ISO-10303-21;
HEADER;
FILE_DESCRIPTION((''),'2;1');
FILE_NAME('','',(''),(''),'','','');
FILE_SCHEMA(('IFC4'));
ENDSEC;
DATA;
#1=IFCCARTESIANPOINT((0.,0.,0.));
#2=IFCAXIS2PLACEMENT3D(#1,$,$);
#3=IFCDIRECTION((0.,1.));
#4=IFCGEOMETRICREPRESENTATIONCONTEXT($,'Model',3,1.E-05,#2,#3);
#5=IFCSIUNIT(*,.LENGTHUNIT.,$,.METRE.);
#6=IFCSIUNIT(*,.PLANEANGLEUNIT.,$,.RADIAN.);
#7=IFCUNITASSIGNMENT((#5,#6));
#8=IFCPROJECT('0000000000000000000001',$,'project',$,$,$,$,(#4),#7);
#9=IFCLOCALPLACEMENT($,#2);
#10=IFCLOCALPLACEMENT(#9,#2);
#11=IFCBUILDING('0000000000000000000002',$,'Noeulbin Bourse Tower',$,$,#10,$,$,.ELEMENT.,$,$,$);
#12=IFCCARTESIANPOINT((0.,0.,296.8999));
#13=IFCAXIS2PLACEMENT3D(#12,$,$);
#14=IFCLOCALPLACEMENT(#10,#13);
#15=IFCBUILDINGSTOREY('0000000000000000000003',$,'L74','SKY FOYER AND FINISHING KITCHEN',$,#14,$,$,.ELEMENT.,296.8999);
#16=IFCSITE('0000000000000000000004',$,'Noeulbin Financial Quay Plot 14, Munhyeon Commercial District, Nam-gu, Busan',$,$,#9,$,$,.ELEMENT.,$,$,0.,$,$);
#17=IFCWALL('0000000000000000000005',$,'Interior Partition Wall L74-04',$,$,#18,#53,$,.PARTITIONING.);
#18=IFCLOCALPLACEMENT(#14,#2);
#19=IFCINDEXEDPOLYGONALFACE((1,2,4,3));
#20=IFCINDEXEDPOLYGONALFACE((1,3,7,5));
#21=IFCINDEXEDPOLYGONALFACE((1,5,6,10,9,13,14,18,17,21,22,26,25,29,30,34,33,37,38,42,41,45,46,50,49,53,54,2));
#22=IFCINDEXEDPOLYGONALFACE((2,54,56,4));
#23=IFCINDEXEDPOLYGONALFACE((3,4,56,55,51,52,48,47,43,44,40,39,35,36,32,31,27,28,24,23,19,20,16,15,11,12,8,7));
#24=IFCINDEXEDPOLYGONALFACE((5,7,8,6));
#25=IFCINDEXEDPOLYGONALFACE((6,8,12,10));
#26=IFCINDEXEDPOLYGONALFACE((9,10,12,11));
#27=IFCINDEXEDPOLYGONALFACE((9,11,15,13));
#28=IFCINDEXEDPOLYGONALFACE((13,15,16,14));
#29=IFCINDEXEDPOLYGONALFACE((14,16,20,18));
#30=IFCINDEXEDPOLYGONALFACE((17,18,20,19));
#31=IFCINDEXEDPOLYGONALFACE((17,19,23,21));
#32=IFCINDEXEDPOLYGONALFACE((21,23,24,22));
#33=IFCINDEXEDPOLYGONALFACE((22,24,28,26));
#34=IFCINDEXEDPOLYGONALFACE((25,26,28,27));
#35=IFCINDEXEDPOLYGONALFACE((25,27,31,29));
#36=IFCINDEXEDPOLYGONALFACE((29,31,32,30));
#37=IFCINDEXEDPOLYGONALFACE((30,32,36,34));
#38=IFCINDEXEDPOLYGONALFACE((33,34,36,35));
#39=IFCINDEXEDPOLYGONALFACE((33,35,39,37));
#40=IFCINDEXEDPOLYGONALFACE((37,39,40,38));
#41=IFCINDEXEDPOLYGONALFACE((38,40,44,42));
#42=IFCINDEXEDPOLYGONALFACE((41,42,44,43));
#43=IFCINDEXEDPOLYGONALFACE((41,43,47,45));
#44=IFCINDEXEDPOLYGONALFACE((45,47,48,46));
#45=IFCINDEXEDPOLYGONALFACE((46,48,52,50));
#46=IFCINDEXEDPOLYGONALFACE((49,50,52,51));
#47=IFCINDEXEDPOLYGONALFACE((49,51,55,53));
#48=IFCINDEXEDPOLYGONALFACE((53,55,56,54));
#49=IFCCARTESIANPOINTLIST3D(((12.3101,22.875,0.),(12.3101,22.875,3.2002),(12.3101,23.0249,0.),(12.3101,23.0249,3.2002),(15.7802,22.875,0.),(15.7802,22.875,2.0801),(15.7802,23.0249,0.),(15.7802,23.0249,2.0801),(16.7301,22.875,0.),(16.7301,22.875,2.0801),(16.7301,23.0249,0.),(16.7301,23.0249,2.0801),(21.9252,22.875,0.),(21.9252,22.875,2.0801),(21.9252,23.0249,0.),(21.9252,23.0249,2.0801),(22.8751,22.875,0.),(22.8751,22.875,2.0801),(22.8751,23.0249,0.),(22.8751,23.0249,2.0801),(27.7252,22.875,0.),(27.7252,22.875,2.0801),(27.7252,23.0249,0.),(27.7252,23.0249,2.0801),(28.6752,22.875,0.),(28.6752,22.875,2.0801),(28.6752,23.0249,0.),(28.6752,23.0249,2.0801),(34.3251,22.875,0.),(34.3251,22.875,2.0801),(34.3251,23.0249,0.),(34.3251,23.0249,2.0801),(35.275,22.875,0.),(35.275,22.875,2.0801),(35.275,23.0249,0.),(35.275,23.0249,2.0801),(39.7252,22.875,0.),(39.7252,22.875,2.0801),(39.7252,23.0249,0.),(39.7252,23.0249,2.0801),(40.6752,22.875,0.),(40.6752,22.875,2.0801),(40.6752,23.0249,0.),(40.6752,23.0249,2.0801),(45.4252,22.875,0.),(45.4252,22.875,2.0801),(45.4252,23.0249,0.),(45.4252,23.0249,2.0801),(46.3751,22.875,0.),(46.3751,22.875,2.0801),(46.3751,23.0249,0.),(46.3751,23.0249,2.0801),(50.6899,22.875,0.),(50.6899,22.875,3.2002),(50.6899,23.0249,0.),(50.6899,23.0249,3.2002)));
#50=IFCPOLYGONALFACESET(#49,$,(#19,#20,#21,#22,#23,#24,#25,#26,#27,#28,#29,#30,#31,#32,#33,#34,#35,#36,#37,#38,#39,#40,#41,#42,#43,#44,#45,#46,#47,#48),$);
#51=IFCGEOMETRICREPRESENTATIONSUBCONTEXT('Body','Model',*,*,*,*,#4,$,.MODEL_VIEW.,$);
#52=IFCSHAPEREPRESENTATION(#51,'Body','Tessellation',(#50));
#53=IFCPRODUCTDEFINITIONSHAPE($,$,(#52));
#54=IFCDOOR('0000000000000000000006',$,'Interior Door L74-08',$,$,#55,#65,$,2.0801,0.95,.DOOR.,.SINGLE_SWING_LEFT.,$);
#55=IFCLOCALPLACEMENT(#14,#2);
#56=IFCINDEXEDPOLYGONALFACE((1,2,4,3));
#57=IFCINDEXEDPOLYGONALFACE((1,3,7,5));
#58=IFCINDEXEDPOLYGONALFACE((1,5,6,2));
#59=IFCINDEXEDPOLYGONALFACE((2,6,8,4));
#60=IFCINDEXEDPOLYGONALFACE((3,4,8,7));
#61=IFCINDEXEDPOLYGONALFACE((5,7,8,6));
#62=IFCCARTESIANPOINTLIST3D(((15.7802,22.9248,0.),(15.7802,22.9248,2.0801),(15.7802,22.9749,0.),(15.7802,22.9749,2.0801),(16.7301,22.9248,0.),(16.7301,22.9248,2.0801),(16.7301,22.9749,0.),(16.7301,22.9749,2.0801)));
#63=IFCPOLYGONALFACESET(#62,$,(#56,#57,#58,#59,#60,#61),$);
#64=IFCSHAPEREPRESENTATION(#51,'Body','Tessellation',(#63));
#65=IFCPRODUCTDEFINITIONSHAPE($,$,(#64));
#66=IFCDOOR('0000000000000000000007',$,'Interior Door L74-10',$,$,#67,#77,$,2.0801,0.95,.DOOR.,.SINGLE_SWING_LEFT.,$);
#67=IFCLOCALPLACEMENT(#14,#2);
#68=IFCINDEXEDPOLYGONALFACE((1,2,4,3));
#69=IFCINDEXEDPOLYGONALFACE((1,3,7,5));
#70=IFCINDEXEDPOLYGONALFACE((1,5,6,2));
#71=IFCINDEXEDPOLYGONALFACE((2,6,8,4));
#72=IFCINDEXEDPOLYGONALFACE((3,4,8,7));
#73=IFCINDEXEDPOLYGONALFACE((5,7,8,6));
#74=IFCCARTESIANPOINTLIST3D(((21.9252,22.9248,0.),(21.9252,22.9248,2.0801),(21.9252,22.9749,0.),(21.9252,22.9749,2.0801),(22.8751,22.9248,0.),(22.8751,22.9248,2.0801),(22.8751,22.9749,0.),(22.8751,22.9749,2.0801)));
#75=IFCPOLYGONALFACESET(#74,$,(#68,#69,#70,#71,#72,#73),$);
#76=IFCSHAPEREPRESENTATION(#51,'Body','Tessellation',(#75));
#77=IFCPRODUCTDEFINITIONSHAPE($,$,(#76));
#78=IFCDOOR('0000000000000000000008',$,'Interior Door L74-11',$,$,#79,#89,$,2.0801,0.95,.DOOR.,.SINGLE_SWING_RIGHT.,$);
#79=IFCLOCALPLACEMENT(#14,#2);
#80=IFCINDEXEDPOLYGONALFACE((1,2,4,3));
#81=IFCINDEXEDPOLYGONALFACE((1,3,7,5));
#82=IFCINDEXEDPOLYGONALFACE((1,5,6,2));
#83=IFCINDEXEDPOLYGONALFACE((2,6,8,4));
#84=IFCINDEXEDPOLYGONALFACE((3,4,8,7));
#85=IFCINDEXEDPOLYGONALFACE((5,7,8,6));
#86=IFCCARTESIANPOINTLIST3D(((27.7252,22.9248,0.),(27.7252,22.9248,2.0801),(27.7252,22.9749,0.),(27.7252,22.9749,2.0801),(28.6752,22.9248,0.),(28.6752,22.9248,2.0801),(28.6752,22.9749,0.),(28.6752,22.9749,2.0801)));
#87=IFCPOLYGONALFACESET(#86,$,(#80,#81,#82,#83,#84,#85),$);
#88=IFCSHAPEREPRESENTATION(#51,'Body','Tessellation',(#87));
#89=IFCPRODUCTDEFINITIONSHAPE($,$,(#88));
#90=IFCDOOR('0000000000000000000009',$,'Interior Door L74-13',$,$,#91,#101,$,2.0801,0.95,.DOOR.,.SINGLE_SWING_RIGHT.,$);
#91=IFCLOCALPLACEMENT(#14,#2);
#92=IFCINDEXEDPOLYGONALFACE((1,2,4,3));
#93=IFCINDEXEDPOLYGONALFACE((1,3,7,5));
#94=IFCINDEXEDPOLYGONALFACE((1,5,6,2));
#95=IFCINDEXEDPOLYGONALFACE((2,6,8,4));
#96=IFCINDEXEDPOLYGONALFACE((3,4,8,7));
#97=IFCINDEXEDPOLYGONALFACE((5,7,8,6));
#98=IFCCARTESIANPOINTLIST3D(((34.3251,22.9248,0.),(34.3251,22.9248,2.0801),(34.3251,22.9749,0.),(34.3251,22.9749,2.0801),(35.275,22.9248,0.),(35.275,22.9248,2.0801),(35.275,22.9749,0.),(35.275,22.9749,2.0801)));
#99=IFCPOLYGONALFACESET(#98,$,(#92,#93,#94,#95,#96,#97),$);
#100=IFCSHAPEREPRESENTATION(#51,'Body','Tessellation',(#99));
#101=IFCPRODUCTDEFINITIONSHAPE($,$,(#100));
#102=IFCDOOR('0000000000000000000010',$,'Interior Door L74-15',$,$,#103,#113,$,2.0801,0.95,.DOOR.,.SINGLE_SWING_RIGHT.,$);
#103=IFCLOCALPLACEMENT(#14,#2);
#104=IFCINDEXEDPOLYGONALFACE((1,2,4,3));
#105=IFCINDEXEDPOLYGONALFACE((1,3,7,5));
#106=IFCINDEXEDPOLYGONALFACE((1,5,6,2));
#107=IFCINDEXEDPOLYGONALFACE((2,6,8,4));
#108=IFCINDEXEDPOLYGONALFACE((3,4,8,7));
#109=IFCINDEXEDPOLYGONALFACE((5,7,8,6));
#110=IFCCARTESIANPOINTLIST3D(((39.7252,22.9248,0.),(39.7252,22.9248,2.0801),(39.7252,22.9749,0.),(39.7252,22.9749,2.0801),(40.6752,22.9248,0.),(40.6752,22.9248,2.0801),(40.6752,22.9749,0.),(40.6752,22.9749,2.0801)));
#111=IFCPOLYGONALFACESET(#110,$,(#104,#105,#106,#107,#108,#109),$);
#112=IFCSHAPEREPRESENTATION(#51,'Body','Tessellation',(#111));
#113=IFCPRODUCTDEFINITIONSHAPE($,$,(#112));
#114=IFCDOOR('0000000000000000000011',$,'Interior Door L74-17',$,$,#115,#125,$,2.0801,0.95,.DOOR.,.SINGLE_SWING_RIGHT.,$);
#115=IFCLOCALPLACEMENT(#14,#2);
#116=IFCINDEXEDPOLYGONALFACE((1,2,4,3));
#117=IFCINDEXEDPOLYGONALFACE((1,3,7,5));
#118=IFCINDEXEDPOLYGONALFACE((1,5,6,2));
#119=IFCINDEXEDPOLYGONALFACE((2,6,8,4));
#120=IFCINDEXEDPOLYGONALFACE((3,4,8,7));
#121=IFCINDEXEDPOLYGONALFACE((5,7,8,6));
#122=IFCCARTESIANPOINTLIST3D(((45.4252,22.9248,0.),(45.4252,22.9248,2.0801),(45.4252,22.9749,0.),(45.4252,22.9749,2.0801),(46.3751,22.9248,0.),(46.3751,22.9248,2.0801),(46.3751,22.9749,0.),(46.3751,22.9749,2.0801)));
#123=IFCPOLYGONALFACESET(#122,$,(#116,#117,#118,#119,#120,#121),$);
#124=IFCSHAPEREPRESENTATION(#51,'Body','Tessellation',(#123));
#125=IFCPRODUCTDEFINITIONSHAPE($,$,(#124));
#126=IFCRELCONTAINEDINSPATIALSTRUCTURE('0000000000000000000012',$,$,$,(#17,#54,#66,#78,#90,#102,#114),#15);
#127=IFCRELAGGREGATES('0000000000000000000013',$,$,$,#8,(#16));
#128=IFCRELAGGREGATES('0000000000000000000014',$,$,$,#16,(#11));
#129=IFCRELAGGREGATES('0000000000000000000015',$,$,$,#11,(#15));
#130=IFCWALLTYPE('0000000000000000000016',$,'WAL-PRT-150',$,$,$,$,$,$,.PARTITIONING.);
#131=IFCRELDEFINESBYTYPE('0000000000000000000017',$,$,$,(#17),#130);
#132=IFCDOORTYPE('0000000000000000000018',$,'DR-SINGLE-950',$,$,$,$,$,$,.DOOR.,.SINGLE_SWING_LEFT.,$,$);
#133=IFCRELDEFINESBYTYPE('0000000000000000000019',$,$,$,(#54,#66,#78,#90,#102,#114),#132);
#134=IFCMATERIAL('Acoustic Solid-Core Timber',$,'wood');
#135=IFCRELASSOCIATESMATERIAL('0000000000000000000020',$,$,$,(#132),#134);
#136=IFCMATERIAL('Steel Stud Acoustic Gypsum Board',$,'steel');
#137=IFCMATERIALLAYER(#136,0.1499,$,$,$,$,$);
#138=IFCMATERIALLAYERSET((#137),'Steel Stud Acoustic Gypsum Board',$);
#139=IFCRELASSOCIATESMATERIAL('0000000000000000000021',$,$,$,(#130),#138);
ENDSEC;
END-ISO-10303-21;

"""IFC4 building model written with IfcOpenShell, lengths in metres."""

from ifc_helpers import new_model, si_unit, direction, frame, frame_2d, origin, place, context, subcontext, project, spatial, rectangle, extrude, material, layer, layer_set, type_object, element, fill, save


model = new_model("IFC4")

# Units and contexts
model_context = context("Model", 3, precision=1e-05, world=origin(), true_north=direction((0.0, 1.0)))
body_context = subcontext(model_context, "Body", "Model", "MODEL_VIEW")
ifc_project = project(units=[si_unit("LENGTHUNIT", "METRE"), si_unit("PLANEANGLEUNIT", "RADIAN")], contexts=[model_context])

# Site, building, storey
site_placement = place(None, origin())
site = spatial("IfcSite", under=ifc_project, at=site_placement, Name="Noeulbin Financial Quay Plot 14, Munhyeon Commercial District, Nam-gu, Busan", CompositionType="ELEMENT", RefElevation=0.0)
building_placement = place(site_placement, origin())
building = spatial("IfcBuilding", under=site, at=building_placement, Name="Noeulbin Bourse Tower", CompositionType="ELEMENT")
storey_placement = place(building_placement, frame((0.0, 0.0, 296.8999)))
storey = spatial("IfcBuildingStorey", under=building, at=storey_placement, Name="L74", Description="SKY FOYER AND FINISHING KITCHEN", CompositionType="ELEMENT", Elevation=296.8999)

# Wall, openings, doors
ifc_material_1 = material(Name="Acoustic Solid-Core Timber", Category="wood")
door_type_1 = type_object("IfcDoorType", Name="DR-SINGLE-950", OperationType="SINGLE_SWING_LEFT", PredefinedType="DOOR", material=ifc_material_1)
ifc_material_2 = material(Name="Steel Stud Acoustic Gypsum Board", Category="steel")
ifc_layer_1 = layer(ifc_material_2, 0.1499)
ifc_layer_set_1 = layer_set([ifc_layer_1], Name="Steel Stud Acoustic Gypsum Board")
wall_type_1 = type_object("IfcWallType", Name="WAL-PRT-150", PredefinedType="PARTITIONING", material=ifc_layer_set_1)
wall_1_placement = place(storey_placement, frame((12.3101, 22.95, 0.0), z_axis=(0.0, 0.0, 1.0), x_axis=(1.0, 0.0, 0.0)))
wall_1 = element("IfcWall", 1, at=wall_1_placement, inside=storey, type_object=wall_type_1, Name="Interior Partition Wall L74-04", PredefinedType="PARTITIONING", context=body_context, shape_type="SweptSolid", body=[
    extrude(rectangle(XDim=38.3799, YDim=0.1499, at=frame_2d((19.1899, 0.0))), origin(), (0.0, 0.0, 1.0), 3.2002),
])
opening_1_placement = place(wall_1_placement, frame((3.47, 0.0, 0.0)))
opening_1 = element("IfcOpeningElement", 2, at=opening_1_placement, cuts=wall_1, PredefinedType="OPENING", context=body_context, shape_type="SweptSolid", body=[
    extrude(rectangle(XDim=0.95, YDim=2.0801, at=frame_2d((0.4751, 1.04))), frame((0.0, 0.085, 0.0), z_axis=(0.0, -1.0, 0.0), x_axis=(1.0, 0.0, 0.0)), (0.0, 0.0, 1.0), 0.1699),
])
opening_2_placement = place(wall_1_placement, frame((9.615, 0.0, 0.0)))
opening_2 = element("IfcOpeningElement", 3, at=opening_2_placement, cuts=wall_1, PredefinedType="OPENING", context=body_context, shape_type="SweptSolid", body=[
    extrude(rectangle(XDim=0.95, YDim=2.0801, at=frame_2d((0.4751, 1.04))), frame((0.0, 0.085, 0.0), z_axis=(0.0, -1.0, 0.0), x_axis=(1.0, 0.0, 0.0)), (0.0, 0.0, 1.0), 0.1699),
])
opening_3_placement = place(wall_1_placement, frame((15.415, 0.0, 0.0)))
opening_3 = element("IfcOpeningElement", 4, at=opening_3_placement, cuts=wall_1, PredefinedType="OPENING", context=body_context, shape_type="SweptSolid", body=[
    extrude(rectangle(XDim=0.95, YDim=2.0801, at=frame_2d((0.4751, 1.04))), frame((0.0, 0.085, 0.0), z_axis=(0.0, -1.0, 0.0), x_axis=(1.0, 0.0, 0.0)), (0.0, 0.0, 1.0), 0.1699),
])
opening_4_placement = place(wall_1_placement, frame((22.0149, 0.0, 0.0)))
opening_4 = element("IfcOpeningElement", 5, at=opening_4_placement, cuts=wall_1, PredefinedType="OPENING", context=body_context, shape_type="SweptSolid", body=[
    extrude(rectangle(XDim=0.95, YDim=2.0801, at=frame_2d((0.4751, 1.04))), frame((0.0, 0.085, 0.0), z_axis=(0.0, -1.0, 0.0), x_axis=(1.0, 0.0, 0.0)), (0.0, 0.0, 1.0), 0.1699),
])
opening_5_placement = place(wall_1_placement, frame((27.415, 0.0, 0.0)))
opening_5 = element("IfcOpeningElement", 6, at=opening_5_placement, cuts=wall_1, PredefinedType="OPENING", context=body_context, shape_type="SweptSolid", body=[
    extrude(rectangle(XDim=0.95, YDim=2.0801, at=frame_2d((0.4751, 1.04))), frame((0.0, 0.085, 0.0), z_axis=(0.0, -1.0, 0.0), x_axis=(1.0, 0.0, 0.0)), (0.0, 0.0, 1.0), 0.1699),
])
opening_6_placement = place(wall_1_placement, frame((33.115, 0.0, 0.0)))
opening_6 = element("IfcOpeningElement", 7, at=opening_6_placement, cuts=wall_1, PredefinedType="OPENING", context=body_context, shape_type="SweptSolid", body=[
    extrude(rectangle(XDim=0.95, YDim=2.0801, at=frame_2d((0.4751, 1.04))), frame((0.0, 0.085, 0.0), z_axis=(0.0, -1.0, 0.0), x_axis=(1.0, 0.0, 0.0)), (0.0, 0.0, 1.0), 0.1699),
])
door_1_placement = place(opening_1_placement, origin())
door_1 = element("IfcDoor", 8, at=door_1_placement, inside=storey, type_object=door_type_1, Name="Interior Door L74-08", OperationType="SINGLE_SWING_LEFT", OverallHeight=2.0801, OverallWidth=0.95, PredefinedType="DOOR", context=body_context, shape_type="SweptSolid", body=[
    extrude(rectangle(XDim=0.95, YDim=2.0801, at=frame_2d((0.4751, 1.04))), frame((0.0, 0.0249, 0.0), z_axis=(0.0, -1.0, 0.0), x_axis=(1.0, 0.0, 0.0)), (0.0, 0.0, 1.0), 0.05),
])
fill(opening_1, door_1)
door_2_placement = place(opening_2_placement, origin())
door_2 = element("IfcDoor", 9, at=door_2_placement, inside=storey, type_object=door_type_1, Name="Interior Door L74-10", OperationType="SINGLE_SWING_LEFT", OverallHeight=2.0801, OverallWidth=0.95, PredefinedType="DOOR", context=body_context, shape_type="SweptSolid", body=[
    extrude(rectangle(XDim=0.95, YDim=2.0801, at=frame_2d((0.4751, 1.04))), frame((0.0, 0.0249, 0.0), z_axis=(0.0, -1.0, 0.0), x_axis=(1.0, 0.0, 0.0)), (0.0, 0.0, 1.0), 0.05),
])
fill(opening_2, door_2)
door_3_placement = place(opening_3_placement, origin())
door_3 = element("IfcDoor", 10, at=door_3_placement, inside=storey, type_object=door_type_1, Name="Interior Door L74-11", OperationType="SINGLE_SWING_RIGHT", OverallHeight=2.0801, OverallWidth=0.95, PredefinedType="DOOR", context=body_context, shape_type="SweptSolid", body=[
    extrude(rectangle(XDim=0.95, YDim=2.0801, at=frame_2d((0.4751, 1.04))), frame((0.0, 0.0249, 0.0), z_axis=(0.0, -1.0, 0.0), x_axis=(1.0, 0.0, 0.0)), (0.0, 0.0, 1.0), 0.05),
])
fill(opening_3, door_3)
door_4_placement = place(opening_4_placement, origin())
door_4 = element("IfcDoor", 11, at=door_4_placement, inside=storey, type_object=door_type_1, Name="Interior Door L74-13", OperationType="SINGLE_SWING_RIGHT", OverallHeight=2.0801, OverallWidth=0.95, PredefinedType="DOOR", context=body_context, shape_type="SweptSolid", body=[
    extrude(rectangle(XDim=0.95, YDim=2.0801, at=frame_2d((0.4751, 1.04))), frame((0.0, 0.0249, 0.0), z_axis=(0.0, -1.0, 0.0), x_axis=(1.0, 0.0, 0.0)), (0.0, 0.0, 1.0), 0.05),
])
fill(opening_4, door_4)
door_5_placement = place(opening_5_placement, origin())
door_5 = element("IfcDoor", 12, at=door_5_placement, inside=storey, type_object=door_type_1, Name="Interior Door L74-15", OperationType="SINGLE_SWING_RIGHT", OverallHeight=2.0801, OverallWidth=0.95, PredefinedType="DOOR", context=body_context, shape_type="SweptSolid", body=[
    extrude(rectangle(XDim=0.95, YDim=2.0801, at=frame_2d((0.4751, 1.04))), frame((0.0, 0.0249, 0.0), z_axis=(0.0, -1.0, 0.0), x_axis=(1.0, 0.0, 0.0)), (0.0, 0.0, 1.0), 0.05),
])
fill(opening_5, door_5)
door_6_placement = place(opening_6_placement, origin())
door_6 = element("IfcDoor", 13, at=door_6_placement, inside=storey, type_object=door_type_1, Name="Interior Door L74-17", OperationType="SINGLE_SWING_RIGHT", OverallHeight=2.0801, OverallWidth=0.95, PredefinedType="DOOR", context=body_context, shape_type="SweptSolid", body=[
    extrude(rectangle(XDim=0.95, YDim=2.0801, at=frame_2d((0.4751, 1.04))), frame((0.0, 0.0249, 0.0), z_axis=(0.0, -1.0, 0.0), x_axis=(1.0, 0.0, 0.0)), (0.0, 0.0, 1.0), 0.05),
])
fill(opening_6, door_6)

save(model, "model.ifc")
